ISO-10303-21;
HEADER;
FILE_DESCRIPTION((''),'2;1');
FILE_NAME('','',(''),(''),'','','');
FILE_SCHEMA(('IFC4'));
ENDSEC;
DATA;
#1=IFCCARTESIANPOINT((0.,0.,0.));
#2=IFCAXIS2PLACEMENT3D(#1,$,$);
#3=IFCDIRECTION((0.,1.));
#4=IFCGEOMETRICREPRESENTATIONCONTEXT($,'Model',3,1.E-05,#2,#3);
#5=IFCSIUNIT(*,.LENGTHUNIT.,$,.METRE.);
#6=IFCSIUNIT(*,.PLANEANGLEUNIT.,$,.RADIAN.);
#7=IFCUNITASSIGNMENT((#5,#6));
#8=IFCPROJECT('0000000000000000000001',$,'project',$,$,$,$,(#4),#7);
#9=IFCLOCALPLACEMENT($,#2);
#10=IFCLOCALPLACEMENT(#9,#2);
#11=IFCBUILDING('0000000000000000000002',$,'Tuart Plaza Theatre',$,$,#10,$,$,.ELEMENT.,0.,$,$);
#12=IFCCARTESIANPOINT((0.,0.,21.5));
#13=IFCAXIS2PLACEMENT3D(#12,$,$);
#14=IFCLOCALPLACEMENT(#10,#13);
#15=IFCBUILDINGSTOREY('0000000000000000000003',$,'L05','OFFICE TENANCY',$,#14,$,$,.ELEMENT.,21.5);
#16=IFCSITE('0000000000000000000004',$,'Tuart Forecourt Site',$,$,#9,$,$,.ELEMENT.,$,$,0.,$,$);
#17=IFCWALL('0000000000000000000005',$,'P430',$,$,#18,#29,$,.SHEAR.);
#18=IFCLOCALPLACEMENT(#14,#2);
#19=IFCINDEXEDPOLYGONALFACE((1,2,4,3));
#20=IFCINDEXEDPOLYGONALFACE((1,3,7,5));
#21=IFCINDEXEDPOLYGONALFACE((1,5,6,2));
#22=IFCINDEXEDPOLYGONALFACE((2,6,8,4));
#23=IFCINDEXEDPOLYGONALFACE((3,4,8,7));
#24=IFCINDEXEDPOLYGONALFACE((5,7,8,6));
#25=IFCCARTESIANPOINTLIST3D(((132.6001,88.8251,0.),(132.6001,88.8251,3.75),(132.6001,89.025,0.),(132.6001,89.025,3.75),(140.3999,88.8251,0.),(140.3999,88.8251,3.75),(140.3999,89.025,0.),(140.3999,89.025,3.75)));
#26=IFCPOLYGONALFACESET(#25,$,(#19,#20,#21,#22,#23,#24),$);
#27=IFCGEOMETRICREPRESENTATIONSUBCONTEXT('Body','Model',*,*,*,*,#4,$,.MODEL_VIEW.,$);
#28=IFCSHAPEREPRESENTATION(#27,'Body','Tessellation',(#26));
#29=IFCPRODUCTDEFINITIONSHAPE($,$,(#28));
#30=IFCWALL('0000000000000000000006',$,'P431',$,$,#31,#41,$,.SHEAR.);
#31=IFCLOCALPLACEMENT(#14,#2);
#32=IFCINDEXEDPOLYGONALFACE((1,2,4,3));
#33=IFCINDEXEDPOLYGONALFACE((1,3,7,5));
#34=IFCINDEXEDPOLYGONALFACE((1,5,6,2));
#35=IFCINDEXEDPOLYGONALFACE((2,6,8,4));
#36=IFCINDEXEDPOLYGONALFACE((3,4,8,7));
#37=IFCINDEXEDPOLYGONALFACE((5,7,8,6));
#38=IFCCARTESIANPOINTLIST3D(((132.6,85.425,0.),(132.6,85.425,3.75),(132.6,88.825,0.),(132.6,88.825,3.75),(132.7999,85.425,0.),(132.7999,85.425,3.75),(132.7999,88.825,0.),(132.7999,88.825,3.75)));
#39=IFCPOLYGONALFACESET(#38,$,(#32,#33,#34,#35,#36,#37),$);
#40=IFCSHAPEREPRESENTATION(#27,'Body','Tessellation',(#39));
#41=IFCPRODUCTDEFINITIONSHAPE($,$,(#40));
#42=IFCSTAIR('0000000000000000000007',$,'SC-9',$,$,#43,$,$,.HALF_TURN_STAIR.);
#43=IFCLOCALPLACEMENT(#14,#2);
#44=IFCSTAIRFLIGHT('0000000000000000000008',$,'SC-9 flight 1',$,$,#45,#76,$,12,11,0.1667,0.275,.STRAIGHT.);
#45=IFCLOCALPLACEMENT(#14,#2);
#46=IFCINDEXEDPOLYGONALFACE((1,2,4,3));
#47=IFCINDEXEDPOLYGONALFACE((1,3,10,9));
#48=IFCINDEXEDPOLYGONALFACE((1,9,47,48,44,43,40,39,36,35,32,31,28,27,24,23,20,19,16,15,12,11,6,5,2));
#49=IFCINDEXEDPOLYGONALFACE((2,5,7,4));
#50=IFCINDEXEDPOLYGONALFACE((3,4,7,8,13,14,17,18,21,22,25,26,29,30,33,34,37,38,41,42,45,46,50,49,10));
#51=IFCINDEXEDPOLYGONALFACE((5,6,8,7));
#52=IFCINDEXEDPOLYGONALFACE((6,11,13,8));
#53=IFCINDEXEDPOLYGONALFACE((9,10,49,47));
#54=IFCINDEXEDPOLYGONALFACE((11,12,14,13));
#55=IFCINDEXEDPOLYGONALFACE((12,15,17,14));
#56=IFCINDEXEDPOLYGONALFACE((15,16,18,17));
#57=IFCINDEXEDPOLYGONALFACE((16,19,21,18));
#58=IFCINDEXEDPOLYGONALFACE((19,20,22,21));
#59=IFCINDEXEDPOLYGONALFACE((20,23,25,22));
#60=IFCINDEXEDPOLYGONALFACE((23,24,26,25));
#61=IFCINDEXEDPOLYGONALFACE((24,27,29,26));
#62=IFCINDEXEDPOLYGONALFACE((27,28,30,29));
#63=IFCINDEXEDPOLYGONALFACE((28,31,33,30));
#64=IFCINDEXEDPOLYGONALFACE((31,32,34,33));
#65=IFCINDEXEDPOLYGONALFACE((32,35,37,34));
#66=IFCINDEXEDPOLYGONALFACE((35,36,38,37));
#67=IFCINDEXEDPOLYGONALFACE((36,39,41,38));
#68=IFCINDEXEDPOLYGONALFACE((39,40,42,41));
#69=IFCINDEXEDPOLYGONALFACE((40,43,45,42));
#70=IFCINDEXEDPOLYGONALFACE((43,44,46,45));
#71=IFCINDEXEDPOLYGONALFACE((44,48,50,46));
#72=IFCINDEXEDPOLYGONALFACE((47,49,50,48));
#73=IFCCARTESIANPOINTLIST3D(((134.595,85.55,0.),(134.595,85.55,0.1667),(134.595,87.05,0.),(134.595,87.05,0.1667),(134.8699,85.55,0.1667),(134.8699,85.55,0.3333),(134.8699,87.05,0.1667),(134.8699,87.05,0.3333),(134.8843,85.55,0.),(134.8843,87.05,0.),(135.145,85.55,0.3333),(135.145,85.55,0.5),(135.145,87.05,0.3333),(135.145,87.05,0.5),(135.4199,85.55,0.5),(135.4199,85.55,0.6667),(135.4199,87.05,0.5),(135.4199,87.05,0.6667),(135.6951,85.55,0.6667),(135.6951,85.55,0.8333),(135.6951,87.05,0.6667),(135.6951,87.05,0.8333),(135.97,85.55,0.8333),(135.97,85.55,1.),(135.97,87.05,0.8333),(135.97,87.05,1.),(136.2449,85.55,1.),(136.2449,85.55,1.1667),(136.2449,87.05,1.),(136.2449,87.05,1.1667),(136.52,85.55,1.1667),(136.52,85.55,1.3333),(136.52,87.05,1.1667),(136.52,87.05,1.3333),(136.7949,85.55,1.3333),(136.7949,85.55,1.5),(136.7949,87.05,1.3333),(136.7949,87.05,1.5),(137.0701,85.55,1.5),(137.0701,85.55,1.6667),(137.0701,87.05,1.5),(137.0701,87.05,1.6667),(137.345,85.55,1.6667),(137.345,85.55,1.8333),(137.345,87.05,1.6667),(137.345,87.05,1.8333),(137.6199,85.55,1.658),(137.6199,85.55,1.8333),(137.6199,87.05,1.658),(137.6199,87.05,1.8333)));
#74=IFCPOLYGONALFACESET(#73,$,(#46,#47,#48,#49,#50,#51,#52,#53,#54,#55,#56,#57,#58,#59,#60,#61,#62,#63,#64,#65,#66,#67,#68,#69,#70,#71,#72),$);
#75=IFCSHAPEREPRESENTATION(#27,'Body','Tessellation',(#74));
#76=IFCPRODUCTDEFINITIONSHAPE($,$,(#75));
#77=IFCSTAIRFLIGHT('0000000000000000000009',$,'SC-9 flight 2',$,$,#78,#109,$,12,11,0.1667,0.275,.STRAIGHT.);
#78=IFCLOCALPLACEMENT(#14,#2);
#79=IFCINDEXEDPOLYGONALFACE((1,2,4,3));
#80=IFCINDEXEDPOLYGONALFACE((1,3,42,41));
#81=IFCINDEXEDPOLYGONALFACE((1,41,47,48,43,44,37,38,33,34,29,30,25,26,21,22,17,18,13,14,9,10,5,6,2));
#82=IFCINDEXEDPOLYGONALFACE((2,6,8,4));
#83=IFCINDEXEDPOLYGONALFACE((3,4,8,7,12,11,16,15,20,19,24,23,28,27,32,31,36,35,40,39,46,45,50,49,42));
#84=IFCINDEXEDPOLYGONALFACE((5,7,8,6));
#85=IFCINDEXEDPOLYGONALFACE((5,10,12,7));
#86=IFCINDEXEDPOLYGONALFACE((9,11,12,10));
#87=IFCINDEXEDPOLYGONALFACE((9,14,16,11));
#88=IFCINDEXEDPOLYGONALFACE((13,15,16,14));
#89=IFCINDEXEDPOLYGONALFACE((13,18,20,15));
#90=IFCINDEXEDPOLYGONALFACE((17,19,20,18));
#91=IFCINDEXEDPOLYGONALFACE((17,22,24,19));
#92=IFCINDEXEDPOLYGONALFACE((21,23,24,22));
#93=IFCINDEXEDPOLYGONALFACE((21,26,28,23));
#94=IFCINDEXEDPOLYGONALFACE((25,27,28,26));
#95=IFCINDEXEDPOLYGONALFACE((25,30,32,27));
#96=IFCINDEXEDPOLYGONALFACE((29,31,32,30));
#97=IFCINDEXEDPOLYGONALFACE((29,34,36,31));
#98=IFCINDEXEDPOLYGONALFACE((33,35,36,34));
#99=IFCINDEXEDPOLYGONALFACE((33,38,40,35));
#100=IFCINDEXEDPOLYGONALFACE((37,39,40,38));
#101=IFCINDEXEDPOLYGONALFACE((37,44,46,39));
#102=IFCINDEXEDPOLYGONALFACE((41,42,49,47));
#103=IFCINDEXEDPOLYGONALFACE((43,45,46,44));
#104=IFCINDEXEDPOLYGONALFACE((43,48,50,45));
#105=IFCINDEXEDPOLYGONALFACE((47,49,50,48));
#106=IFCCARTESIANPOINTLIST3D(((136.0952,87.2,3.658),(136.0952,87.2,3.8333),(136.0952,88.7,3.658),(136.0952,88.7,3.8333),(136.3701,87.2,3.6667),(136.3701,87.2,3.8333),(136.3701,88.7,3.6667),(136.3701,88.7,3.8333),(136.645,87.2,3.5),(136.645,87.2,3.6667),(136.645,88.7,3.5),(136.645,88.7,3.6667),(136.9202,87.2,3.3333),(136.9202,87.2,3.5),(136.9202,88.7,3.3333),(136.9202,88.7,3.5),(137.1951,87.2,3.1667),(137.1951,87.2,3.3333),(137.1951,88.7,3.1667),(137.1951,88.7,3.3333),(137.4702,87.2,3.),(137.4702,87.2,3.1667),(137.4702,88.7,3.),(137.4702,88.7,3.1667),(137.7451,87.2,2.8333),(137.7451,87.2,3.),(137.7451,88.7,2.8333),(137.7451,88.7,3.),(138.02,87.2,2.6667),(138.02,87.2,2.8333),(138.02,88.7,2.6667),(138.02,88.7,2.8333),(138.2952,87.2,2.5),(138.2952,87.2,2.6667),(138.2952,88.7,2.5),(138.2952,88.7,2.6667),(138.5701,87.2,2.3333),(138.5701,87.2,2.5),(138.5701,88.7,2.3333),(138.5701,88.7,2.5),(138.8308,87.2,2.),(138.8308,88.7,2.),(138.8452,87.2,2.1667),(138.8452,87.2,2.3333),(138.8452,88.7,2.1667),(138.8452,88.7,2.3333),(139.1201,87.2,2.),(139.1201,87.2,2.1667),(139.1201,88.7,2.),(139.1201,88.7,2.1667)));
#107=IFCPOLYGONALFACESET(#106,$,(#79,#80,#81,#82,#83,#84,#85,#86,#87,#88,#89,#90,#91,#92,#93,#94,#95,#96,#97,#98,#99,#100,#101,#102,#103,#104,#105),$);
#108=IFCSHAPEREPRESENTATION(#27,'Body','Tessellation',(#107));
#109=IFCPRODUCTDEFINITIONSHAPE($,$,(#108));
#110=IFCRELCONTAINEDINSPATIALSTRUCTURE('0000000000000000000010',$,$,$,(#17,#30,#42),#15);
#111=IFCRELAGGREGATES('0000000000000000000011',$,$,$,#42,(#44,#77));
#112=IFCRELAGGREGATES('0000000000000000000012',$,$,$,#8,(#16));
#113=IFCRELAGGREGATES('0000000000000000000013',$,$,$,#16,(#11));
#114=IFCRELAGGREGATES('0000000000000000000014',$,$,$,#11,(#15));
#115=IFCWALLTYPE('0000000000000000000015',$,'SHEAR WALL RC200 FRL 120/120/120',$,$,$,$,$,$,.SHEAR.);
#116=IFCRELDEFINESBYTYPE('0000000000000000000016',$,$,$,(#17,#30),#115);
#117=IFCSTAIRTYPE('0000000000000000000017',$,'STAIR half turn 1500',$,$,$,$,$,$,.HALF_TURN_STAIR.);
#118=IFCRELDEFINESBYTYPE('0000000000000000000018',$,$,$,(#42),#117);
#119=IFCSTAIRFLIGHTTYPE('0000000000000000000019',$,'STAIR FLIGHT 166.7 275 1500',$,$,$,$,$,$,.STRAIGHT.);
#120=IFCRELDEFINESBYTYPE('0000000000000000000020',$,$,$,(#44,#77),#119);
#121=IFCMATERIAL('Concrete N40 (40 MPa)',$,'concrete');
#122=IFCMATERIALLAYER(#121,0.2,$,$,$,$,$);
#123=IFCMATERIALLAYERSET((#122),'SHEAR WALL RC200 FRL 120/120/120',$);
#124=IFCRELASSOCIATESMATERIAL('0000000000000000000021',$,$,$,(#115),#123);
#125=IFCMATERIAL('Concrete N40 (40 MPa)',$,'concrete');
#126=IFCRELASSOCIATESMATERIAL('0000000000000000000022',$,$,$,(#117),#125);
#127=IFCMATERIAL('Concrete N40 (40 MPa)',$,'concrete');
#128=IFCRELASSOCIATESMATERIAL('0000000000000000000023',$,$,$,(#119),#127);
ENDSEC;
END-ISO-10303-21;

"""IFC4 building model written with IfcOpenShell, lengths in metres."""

from ifc_helpers import new_model, si_unit, direction, frame, frame_2d, origin, place, context, subcontext, project, spatial, polyline, rectangle, outline, extrude, material, layer, layer_set, type_object, element, aggregate, save


model = new_model("IFC4")

# Units and contexts
model_context = context("Model", 3, precision=1e-05, world=origin(), true_north=direction((0.0, 1.0)))
body_context = subcontext(model_context, "Body", "Model", "MODEL_VIEW")
ifc_project = project(units=[si_unit("LENGTHUNIT", "METRE"), si_unit("PLANEANGLEUNIT", "RADIAN")], contexts=[model_context])

# Site, building, storey
site_placement = place(None, origin())
site = spatial("IfcSite", under=ifc_project, at=site_placement, Name="Tuart Forecourt Site", CompositionType="ELEMENT", RefElevation=0.0)
building_placement = place(site_placement, origin())
building = spatial("IfcBuilding", under=site, at=building_placement, Name="Tuart Plaza Theatre", CompositionType="ELEMENT", ElevationOfRefHeight=0.0)
storey_placement = place(building_placement, frame((0.0, 0.0, 21.5)))
storey = spatial("IfcBuildingStorey", under=building, at=storey_placement, Name="L05", Description="OFFICE TENANCY", CompositionType="ELEMENT", Elevation=21.5)

# Shared definitions
ifc_material_1 = material(Name="Concrete N40 (40 MPa)", Category="concrete")
ifc_layer_1 = layer(ifc_material_1, 0.2)
ifc_layer_set_1 = layer_set([ifc_layer_1], Name="SHEAR WALL RC200 FRL 120/120/120")
wall_type_1 = type_object("IfcWallType", Name="SHEAR WALL RC200 FRL 120/120/120", PredefinedType="SHEAR", material=ifc_layer_set_1)

# Walls
wall_1_placement = place(storey_placement, frame((140.3999, 88.925, 0.0), z_axis=(0.0, 0.0, 1.0), x_axis=(-1.0, 0.0, 0.0)))
element("IfcWall", 1, at=wall_1_placement, inside=storey, type_object=wall_type_1, Name="P430", PredefinedType="SHEAR", context=body_context, shape_type="SweptSolid", body=[
    extrude(rectangle(XDim=7.7998, YDim=0.2, at=frame_2d((3.8999, 0.0))), origin(), (0.0, 0.0, 1.0), 3.75),
])
wall_2_placement = place(storey_placement, frame((132.7, 88.825, 0.0), z_axis=(0.0, 0.0, 1.0), x_axis=(0.0, -1.0, 0.0)))
element("IfcWall", 2, at=wall_2_placement, inside=storey, type_object=wall_type_1, Name="P431", PredefinedType="SHEAR", context=body_context, shape_type="SweptSolid", body=[
    extrude(rectangle(XDim=3.3999, YDim=0.2, at=frame_2d((1.7, 0.0))), origin(), (0.0, 0.0, 1.0), 3.75),
])

# Stair, stair flights
ifc_material_2 = material(Name="Concrete N40 (40 MPa)", Category="concrete")
stair_type = type_object("IfcStairType", Name="STAIR half turn 1500", PredefinedType="HALF_TURN_STAIR", material=ifc_material_2)
stair_placement = place(storey_placement, origin())
stair = element("IfcStair", 3, at=stair_placement, inside=storey, type_object=stair_type, Name="SC-9", PredefinedType="HALF_TURN_STAIR")
ifc_material_3 = material(Name="Concrete N40 (40 MPa)", Category="concrete")
stair_flight_type = type_object("IfcStairFlightType", Name="STAIR FLIGHT 166.7 275 1500", PredefinedType="STRAIGHT", material=ifc_material_3)
stair_flight_1_placement = place(storey_placement, frame((134.595, 86.3, 0.0), z_axis=(0.0, 0.0, 1.0), x_axis=(1.0, 0.0, 0.0)))
stair_flight_1 = element("IfcStairFlight", 4, at=stair_flight_1_placement, type_object=stair_flight_type, Name="SC-9 flight 1", NumberOfRisers=12, NumberOfTreads=11, PredefinedType="STRAIGHT", RiserHeight=0.1667, TreadLength=0.275, context=body_context, shape_type="SweptSolid", body=[
    extrude(outline(polyline([(0.0, 0.0), (0.0, 0.1667), (0.2749, 0.1667), (0.2749, 0.3333), (0.55, 0.3333), (0.55, 0.5), (0.825, 0.5), (0.825, 0.6667), (1.1001, 0.6667), (1.1001, 0.8333), (1.375, 0.8333), (1.375, 1.0), (1.6499, 1.0), (1.6499, 1.1667), (1.925, 1.1667), (1.925, 1.3333), (2.2, 1.3333), (2.2, 1.5), (2.4751, 1.5), (2.4751, 1.6667), (2.75, 1.6667), (2.75, 1.8333), (3.0249, 1.8333), (3.0249, 2.0), (3.0249, 1.658), (0.2893, 0.0), (0.0, 0.0)])), frame((0.0, 0.75, 0.0), z_axis=(0.0, -1.0, 0.0), x_axis=(1.0, 0.0, 0.0)), (0.0, 0.0, 1.0), 1.5),
])
stair_flight_2_placement = place(storey_placement, frame((139.1201, 87.95, 2.0), z_axis=(0.0, 0.0, 1.0), x_axis=(-1.0, 0.0, 0.0)))
stair_flight_2 = element("IfcStairFlight", 5, at=stair_flight_2_placement, type_object=stair_flight_type, Name="SC-9 flight 2", NumberOfRisers=12, NumberOfTreads=11, PredefinedType="STRAIGHT", RiserHeight=0.1667, TreadLength=0.275, context=body_context, shape_type="SweptSolid", body=[
    extrude(outline(polyline([(0.0, 0.0), (0.0, 0.1667), (0.2749, 0.1667), (0.2749, 0.3333), (0.55, 0.3333), (0.55, 0.5), (0.825, 0.5), (0.825, 0.6667), (1.1001, 0.6667), (1.1001, 0.8333), (1.375, 0.8333), (1.375, 1.0), (1.6499, 1.0), (1.6499, 1.1667), (1.925, 1.1667), (1.925, 1.3333), (2.2, 1.3333), (2.2, 1.5), (2.4751, 1.5), (2.4751, 1.6667), (2.75, 1.6667), (2.75, 1.8333), (3.0249, 1.8333), (3.0249, 2.0), (3.0249, 1.658), (0.2893, 0.0), (0.0, 0.0)])), frame((0.0, 0.75, 0.0), z_axis=(0.0, -1.0, 0.0), x_axis=(1.0, 0.0, 0.0)), (0.0, 0.0, 1.0), 1.5),
])
aggregate(stair, [stair_flight_1, stair_flight_2])

save(model, "model.ifc")
